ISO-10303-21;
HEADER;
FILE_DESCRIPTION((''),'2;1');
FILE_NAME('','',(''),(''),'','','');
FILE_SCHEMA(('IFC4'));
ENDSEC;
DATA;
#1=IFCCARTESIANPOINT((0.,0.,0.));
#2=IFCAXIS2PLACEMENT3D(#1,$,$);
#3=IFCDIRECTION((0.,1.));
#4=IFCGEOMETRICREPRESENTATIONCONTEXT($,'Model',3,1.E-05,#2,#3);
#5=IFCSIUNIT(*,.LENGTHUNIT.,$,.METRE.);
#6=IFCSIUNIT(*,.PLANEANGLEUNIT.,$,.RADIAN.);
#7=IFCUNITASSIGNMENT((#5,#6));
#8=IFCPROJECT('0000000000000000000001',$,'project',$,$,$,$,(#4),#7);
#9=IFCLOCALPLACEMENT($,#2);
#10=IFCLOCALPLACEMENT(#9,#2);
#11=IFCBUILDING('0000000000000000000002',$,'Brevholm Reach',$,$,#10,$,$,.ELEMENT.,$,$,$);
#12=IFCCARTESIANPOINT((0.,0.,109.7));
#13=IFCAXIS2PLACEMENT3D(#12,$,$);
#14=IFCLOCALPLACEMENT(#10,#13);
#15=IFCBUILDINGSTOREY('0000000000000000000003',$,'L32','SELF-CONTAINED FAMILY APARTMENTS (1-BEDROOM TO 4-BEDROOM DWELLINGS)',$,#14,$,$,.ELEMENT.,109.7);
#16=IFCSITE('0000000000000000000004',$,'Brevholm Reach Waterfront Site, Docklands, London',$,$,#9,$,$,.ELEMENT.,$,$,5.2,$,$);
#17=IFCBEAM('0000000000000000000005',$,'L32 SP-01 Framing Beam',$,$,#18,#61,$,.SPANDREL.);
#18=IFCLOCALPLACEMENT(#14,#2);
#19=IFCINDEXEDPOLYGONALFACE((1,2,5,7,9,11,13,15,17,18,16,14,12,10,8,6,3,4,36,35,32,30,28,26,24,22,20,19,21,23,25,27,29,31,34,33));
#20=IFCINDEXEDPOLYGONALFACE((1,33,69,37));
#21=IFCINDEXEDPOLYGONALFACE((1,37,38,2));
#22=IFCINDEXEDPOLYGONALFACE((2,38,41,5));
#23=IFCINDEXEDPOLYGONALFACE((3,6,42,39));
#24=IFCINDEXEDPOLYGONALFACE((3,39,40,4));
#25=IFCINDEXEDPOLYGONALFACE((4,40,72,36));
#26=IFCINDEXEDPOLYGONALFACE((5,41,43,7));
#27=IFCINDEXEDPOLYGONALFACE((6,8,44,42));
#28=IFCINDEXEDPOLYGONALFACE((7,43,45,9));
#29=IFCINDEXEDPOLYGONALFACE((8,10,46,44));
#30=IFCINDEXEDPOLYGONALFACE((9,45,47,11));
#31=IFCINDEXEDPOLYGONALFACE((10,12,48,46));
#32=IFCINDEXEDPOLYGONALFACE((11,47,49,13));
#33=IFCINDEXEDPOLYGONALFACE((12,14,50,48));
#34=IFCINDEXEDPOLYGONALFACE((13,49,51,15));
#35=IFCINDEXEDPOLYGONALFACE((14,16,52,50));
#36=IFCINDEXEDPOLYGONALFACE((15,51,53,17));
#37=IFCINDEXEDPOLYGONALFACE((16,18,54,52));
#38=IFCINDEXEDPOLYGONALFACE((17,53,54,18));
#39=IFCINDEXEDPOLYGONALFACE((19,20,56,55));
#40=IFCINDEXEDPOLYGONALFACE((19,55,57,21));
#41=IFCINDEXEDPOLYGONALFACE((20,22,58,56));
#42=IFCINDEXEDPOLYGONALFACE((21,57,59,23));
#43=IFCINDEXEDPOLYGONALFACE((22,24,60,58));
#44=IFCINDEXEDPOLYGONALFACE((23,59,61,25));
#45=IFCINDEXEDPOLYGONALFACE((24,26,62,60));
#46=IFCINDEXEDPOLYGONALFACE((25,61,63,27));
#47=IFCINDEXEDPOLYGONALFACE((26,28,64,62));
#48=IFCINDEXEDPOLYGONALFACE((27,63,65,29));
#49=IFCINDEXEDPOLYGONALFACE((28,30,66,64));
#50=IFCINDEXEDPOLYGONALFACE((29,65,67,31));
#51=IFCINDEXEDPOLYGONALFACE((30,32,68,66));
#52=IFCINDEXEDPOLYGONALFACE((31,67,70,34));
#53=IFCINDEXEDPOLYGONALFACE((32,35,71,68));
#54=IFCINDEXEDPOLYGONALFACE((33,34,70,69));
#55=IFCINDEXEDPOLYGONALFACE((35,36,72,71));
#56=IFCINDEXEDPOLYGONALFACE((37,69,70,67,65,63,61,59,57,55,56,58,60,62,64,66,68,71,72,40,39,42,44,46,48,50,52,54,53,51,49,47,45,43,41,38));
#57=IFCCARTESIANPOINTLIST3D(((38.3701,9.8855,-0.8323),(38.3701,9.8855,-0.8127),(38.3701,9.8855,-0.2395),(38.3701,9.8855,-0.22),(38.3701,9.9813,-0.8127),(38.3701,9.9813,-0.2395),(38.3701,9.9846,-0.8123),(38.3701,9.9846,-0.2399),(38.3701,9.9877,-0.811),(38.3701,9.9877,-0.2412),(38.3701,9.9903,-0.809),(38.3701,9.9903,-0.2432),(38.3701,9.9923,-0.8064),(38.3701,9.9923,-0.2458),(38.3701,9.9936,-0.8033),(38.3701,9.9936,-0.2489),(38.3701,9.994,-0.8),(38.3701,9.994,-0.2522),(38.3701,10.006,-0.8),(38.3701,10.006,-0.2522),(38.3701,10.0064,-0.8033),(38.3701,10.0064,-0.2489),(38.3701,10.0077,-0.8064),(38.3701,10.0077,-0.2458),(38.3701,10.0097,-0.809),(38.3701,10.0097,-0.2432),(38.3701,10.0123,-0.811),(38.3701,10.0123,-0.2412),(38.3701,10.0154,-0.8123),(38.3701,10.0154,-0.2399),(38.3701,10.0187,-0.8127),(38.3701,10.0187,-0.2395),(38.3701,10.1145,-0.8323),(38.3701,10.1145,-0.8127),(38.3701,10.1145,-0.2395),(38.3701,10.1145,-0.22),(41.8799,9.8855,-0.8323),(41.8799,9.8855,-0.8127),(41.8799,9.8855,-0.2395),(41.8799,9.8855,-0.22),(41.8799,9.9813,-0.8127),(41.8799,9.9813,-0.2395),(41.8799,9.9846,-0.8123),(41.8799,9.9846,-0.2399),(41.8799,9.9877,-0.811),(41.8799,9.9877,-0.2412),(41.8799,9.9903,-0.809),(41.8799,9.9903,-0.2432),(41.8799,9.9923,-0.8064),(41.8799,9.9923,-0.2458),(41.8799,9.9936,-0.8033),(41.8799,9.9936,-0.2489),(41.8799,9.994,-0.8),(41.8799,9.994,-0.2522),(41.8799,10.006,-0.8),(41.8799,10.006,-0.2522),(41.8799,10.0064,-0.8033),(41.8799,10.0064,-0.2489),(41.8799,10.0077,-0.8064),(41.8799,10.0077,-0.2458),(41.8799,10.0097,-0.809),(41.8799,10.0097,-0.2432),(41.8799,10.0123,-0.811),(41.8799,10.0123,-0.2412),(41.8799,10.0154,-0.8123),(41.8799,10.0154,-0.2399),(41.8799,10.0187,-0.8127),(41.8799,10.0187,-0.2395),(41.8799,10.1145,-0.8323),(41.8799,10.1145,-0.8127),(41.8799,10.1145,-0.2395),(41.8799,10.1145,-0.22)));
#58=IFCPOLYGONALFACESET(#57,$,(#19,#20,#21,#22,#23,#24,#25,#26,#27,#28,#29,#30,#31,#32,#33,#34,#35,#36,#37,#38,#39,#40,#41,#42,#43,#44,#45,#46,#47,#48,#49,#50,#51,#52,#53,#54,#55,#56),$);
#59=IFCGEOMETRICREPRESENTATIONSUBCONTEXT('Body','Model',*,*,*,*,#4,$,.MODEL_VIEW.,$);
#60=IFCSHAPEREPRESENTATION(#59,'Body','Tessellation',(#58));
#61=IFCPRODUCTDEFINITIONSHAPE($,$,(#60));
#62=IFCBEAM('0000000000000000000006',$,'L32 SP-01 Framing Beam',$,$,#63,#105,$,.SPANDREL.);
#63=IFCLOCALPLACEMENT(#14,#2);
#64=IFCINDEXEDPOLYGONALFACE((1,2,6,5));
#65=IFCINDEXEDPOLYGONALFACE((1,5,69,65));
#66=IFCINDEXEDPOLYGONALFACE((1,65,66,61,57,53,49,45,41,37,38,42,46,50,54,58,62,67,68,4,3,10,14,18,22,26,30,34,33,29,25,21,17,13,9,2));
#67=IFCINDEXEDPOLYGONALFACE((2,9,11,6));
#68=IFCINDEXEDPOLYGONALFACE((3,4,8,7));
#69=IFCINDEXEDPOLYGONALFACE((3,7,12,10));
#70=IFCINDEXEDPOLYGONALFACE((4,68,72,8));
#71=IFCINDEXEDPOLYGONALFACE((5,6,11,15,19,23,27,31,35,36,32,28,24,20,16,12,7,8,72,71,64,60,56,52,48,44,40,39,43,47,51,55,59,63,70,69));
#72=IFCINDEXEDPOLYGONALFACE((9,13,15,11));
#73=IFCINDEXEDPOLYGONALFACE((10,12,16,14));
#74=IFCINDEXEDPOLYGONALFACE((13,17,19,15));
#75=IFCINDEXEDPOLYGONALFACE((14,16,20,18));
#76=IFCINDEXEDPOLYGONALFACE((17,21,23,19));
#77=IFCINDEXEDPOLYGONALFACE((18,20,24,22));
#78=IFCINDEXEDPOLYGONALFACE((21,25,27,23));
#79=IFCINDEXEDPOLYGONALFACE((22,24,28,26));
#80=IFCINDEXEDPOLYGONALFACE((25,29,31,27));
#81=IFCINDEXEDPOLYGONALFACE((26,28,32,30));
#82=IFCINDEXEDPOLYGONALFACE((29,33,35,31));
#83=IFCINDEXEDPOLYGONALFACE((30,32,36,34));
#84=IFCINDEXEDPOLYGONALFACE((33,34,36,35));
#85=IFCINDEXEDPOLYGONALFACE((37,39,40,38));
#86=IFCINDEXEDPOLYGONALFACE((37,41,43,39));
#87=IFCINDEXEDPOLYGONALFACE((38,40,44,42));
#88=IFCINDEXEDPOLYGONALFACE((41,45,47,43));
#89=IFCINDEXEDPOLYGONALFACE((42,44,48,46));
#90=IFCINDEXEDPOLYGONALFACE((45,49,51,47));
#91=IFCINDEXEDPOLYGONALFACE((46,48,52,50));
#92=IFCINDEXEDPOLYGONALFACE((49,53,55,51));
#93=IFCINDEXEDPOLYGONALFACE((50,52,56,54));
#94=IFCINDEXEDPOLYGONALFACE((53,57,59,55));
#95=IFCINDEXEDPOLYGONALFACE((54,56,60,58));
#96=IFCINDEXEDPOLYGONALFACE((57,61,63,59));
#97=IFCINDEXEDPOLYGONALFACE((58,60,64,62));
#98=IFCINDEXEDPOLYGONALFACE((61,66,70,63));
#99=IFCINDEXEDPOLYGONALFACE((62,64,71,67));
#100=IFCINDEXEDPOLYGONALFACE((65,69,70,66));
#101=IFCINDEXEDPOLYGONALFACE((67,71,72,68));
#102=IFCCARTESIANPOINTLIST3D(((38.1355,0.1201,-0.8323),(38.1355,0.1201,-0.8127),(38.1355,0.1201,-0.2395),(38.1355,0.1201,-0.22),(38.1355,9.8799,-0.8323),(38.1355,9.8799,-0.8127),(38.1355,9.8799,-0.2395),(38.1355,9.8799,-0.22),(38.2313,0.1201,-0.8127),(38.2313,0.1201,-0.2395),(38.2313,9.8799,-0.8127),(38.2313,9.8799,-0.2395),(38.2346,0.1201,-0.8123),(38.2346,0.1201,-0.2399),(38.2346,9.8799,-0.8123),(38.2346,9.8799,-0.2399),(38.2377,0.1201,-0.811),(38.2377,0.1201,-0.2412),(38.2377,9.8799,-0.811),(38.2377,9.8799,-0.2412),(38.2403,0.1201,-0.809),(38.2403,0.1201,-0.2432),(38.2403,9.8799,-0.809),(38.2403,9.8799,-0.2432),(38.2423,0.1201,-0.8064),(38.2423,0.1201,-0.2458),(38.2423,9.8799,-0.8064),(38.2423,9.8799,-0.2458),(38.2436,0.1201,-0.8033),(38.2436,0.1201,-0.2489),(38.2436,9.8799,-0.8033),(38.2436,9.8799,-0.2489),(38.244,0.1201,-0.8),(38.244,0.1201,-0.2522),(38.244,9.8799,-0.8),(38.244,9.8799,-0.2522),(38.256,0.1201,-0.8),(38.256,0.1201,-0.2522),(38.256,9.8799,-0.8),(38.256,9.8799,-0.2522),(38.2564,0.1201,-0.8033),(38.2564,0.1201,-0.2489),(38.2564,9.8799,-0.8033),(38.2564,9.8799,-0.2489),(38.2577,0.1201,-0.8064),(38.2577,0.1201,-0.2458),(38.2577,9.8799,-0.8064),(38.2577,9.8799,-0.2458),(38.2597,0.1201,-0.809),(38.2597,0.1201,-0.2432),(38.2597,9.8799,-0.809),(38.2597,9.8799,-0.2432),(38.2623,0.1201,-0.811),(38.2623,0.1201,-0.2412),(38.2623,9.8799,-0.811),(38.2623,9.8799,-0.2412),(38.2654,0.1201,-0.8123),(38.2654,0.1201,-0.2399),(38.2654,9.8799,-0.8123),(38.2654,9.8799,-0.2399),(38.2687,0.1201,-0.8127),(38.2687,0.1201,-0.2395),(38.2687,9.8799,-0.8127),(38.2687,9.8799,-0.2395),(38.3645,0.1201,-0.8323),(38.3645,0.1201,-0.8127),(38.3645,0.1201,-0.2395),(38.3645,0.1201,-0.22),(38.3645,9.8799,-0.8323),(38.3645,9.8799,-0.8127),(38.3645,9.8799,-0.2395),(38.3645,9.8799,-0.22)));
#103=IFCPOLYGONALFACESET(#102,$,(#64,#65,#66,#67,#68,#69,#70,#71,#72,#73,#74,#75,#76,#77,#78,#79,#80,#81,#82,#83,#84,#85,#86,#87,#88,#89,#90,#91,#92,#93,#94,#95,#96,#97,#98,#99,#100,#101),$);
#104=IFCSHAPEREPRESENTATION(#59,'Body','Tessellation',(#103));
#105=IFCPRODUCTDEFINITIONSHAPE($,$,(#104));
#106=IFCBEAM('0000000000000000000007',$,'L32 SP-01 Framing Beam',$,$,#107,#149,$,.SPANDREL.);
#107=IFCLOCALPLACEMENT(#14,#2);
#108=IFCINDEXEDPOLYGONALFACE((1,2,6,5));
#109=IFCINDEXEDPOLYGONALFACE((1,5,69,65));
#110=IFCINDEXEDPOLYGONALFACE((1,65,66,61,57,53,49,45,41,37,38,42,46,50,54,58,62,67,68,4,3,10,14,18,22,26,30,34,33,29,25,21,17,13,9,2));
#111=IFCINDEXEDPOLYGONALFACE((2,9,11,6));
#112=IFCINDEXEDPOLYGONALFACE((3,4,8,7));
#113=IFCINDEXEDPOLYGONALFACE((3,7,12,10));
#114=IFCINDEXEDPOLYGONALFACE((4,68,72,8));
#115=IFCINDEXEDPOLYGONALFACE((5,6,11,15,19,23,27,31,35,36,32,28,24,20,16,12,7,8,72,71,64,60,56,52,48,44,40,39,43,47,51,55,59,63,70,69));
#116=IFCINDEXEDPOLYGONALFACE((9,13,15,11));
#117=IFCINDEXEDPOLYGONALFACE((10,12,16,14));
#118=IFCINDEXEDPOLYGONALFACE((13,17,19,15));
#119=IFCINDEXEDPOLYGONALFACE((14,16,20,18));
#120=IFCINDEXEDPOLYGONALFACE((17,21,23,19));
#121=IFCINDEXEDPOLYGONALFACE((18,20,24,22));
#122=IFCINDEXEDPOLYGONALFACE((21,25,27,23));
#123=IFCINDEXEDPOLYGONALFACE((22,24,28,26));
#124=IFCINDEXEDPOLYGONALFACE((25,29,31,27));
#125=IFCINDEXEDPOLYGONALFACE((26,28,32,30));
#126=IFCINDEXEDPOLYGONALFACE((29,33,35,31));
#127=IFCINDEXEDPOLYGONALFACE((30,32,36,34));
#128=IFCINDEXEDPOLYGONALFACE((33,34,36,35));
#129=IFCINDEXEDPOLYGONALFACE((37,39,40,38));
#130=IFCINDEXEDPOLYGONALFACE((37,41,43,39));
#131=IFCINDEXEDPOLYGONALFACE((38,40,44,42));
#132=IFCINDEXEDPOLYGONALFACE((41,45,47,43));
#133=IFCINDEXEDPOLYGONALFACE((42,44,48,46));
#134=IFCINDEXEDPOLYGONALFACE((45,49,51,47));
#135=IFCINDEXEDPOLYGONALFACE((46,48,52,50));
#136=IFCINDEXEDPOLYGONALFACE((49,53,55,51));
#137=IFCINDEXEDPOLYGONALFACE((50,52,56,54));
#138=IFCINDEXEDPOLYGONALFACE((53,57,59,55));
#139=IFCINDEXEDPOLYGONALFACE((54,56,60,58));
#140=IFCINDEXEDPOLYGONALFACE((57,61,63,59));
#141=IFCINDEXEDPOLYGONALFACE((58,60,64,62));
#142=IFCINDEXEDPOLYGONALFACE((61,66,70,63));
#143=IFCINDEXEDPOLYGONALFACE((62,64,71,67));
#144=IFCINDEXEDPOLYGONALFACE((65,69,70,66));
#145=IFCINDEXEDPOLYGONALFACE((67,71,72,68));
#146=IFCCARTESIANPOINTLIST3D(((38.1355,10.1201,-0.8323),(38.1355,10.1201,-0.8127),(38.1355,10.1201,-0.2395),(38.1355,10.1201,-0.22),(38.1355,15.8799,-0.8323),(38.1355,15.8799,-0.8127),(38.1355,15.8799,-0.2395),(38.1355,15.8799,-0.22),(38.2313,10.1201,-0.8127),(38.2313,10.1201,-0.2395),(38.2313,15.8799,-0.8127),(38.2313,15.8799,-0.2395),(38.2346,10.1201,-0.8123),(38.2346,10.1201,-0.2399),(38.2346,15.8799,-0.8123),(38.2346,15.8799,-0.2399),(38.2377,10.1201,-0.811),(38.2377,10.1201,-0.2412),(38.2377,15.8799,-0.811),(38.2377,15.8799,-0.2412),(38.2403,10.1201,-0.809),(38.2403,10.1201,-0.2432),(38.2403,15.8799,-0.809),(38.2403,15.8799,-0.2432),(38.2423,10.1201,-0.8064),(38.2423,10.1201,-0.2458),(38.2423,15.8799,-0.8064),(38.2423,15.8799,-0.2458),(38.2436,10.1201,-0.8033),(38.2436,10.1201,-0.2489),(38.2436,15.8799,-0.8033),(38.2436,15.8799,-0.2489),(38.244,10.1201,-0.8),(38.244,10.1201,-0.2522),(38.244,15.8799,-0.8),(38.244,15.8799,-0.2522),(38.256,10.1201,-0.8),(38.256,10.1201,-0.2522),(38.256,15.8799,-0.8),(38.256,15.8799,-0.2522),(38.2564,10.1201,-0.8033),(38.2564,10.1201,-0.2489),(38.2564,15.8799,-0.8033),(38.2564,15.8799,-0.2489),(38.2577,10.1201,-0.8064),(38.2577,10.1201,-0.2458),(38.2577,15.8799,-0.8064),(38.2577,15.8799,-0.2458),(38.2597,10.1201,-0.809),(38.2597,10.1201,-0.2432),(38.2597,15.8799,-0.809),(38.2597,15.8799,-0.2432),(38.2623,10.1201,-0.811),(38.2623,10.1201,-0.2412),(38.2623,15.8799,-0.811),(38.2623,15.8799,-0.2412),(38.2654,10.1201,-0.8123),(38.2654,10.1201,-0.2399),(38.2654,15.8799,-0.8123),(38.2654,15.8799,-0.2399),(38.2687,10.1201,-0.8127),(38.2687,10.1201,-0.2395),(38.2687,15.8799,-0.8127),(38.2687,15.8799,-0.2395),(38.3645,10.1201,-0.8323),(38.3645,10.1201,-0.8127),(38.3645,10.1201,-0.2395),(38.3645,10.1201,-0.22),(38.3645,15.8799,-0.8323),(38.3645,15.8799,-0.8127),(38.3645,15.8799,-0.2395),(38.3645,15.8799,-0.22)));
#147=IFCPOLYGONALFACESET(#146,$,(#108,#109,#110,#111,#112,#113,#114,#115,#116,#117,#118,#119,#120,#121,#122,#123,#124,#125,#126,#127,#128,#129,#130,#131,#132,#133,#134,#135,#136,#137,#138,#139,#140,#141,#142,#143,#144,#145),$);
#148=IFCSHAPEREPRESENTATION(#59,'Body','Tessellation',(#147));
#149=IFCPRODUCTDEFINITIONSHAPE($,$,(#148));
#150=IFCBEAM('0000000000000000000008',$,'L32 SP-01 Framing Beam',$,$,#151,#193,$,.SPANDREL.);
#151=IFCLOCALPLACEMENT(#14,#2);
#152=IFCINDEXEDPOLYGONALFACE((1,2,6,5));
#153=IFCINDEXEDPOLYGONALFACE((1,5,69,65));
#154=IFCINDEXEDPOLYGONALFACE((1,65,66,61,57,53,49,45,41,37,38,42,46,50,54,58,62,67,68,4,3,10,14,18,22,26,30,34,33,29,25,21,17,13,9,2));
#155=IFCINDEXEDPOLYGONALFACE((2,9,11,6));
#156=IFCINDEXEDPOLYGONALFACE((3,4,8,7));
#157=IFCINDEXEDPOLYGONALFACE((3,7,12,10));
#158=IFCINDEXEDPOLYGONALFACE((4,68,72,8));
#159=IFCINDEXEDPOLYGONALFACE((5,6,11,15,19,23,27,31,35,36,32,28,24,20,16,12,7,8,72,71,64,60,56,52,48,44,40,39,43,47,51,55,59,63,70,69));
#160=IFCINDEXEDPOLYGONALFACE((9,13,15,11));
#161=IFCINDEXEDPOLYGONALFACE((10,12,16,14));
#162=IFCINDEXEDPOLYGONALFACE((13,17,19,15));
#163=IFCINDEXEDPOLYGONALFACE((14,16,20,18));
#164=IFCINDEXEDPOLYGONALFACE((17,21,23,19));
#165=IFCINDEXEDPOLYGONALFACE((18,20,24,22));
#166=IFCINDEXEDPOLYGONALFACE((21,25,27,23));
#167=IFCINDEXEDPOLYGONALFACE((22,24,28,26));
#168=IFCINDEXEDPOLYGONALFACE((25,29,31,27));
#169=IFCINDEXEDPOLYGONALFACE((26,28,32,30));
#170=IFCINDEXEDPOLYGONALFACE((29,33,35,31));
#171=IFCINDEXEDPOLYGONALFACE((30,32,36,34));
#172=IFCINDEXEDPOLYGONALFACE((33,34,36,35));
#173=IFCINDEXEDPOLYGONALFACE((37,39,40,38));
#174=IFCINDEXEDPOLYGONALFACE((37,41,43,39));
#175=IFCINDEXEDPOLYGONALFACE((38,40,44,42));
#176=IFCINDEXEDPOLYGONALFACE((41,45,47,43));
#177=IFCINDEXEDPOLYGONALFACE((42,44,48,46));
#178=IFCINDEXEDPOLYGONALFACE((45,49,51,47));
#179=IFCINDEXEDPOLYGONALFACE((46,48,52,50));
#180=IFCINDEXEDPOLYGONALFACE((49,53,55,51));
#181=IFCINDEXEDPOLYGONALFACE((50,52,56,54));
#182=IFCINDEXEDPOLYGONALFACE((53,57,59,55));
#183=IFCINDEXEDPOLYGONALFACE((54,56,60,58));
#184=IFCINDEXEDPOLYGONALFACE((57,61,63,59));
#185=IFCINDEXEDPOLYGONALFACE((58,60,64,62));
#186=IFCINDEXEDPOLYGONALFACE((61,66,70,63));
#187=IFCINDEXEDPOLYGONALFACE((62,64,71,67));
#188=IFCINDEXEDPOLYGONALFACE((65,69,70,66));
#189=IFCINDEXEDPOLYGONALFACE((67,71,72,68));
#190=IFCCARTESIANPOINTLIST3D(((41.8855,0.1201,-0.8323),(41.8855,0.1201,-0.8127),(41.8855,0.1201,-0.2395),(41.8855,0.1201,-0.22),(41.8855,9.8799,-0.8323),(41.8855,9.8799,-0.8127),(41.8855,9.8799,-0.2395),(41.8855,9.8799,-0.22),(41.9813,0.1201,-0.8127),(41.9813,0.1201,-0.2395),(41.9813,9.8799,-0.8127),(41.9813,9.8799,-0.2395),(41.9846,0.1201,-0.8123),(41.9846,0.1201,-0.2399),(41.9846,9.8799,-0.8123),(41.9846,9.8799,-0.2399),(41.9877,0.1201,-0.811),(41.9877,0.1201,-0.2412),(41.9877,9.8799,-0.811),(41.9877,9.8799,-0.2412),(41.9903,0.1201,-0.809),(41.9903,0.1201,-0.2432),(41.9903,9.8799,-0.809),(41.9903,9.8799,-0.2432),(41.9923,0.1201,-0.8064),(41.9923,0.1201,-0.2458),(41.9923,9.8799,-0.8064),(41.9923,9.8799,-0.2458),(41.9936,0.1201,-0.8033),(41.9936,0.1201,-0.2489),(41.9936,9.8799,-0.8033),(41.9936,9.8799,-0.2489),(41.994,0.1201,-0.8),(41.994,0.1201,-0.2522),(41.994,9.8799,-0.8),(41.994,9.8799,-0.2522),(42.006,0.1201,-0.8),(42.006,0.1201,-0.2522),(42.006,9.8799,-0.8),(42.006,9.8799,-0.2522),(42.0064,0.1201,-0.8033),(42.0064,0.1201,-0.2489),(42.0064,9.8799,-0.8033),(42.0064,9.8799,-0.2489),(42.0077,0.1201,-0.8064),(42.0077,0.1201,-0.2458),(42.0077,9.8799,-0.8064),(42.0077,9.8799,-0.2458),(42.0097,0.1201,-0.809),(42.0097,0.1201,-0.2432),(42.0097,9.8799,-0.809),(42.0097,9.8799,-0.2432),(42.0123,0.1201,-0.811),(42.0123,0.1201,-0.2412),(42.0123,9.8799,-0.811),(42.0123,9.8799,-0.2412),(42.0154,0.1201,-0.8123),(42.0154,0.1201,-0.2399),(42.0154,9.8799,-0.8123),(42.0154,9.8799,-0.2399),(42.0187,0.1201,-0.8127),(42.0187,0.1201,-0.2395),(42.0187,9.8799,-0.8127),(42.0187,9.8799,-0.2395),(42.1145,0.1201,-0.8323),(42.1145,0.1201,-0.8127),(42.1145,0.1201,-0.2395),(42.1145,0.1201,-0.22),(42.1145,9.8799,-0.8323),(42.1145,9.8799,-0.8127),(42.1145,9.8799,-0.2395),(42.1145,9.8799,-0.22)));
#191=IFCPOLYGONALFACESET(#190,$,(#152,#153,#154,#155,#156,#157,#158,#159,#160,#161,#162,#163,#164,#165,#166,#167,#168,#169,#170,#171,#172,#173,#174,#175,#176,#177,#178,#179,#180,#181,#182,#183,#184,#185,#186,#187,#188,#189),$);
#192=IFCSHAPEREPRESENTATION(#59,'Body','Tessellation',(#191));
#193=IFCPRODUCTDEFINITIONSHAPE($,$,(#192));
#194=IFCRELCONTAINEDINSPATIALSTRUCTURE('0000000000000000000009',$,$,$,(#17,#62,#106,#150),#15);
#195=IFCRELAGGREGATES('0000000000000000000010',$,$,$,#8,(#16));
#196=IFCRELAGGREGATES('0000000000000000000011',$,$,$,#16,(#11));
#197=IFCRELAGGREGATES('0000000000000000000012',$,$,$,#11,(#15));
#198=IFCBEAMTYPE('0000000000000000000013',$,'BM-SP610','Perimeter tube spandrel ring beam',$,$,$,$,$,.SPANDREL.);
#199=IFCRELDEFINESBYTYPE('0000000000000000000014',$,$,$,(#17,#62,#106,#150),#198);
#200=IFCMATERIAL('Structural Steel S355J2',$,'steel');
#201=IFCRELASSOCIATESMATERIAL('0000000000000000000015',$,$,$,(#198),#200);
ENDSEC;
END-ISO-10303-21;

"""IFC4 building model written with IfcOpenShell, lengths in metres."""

from ifc_helpers import new_model, si_unit, direction, frame, origin, origin_2d, place, context, subcontext, project, spatial, i_section, extrude, material, material_profile, profile_set, type_object, element, save


model = new_model("IFC4")

# Units and contexts
model_context = context("Model", 3, precision=1e-05, world=origin(), true_north=direction((0.0, 1.0)))
body_context = subcontext(model_context, "Body", "Model", "MODEL_VIEW")
ifc_project = project(units=[si_unit("LENGTHUNIT", "METRE"), si_unit("PLANEANGLEUNIT", "RADIAN")], contexts=[model_context])

# Site, building, storey
site_placement = place(None, origin())
site = spatial("IfcSite", under=ifc_project, at=site_placement, Name="Brevholm Reach Waterfront Site, Docklands, London", CompositionType="ELEMENT", RefElevation=5.2)
building_placement = place(site_placement, origin())
building = spatial("IfcBuilding", under=site, at=building_placement, Name="Brevholm Reach", CompositionType="ELEMENT")
storey_placement = place(building_placement, frame((0.0, 0.0, 109.7)))
storey = spatial("IfcBuildingStorey", under=building, at=storey_placement, Name="L32", Description="SELF-CONTAINED FAMILY APARTMENTS (1-BEDROOM TO 4-BEDROOM DWELLINGS)", CompositionType="ELEMENT", Elevation=109.7)

# Beams
ifc_material_1 = material(Name="Structural Steel S355J2", Category="steel")
ifc_material_profile_1 = material_profile(ifc_material_1, i_section(OverallWidth=0.229, OverallDepth=0.6123, WebThickness=0.012, FlangeThickness=0.0195, FilletRadius=0.0127, at=origin_2d()), Name="UKB 610x229x125")
ifc_profile_set_1 = profile_set([ifc_material_profile_1], Name="Structural Steel S355J2")
beam_type_1 = type_object("IfcBeamType", Name="BM-SP610", Description="Perimeter tube spandrel ring beam", PredefinedType="SPANDREL", material=ifc_profile_set_1)
beam_1_placement = place(storey_placement, frame((38.3701, 10.0, -0.5261), z_axis=(1.0, 0.0, 0.0), x_axis=(0.0, 1.0, 0.0)))
element("IfcBeam", 1, at=beam_1_placement, inside=storey, type_object=beam_type_1, Name="L32 SP-01 Framing Beam", PredefinedType="SPANDREL", context=body_context, shape_type="SweptSolid", body=[
    extrude(i_section(OverallWidth=0.229, OverallDepth=0.6123, WebThickness=0.012, FlangeThickness=0.0195, FilletRadius=0.0127, at=origin_2d()), origin(), (0.0, 0.0, 1.0), 3.5098),
])
beam_2_placement = place(storey_placement, frame((38.25, 0.1201, -0.5261), z_axis=(0.0, 1.0, 0.0), x_axis=(-1.0, 0.0, 0.0)))
element("IfcBeam", 2, at=beam_2_placement, inside=storey, type_object=beam_type_1, Name="L32 SP-01 Framing Beam", PredefinedType="SPANDREL", context=body_context, shape_type="SweptSolid", body=[
    extrude(i_section(OverallWidth=0.229, OverallDepth=0.6123, WebThickness=0.012, FlangeThickness=0.0195, FilletRadius=0.0127, at=origin_2d()), origin(), (0.0, 0.0, 1.0), 9.7598),
])
beam_3_placement = place(storey_placement, frame((38.25, 10.1201, -0.5261), z_axis=(0.0, 1.0, 0.0), x_axis=(-1.0, 0.0, 0.0)))
element("IfcBeam", 3, at=beam_3_placement, inside=storey, type_object=beam_type_1, Name="L32 SP-01 Framing Beam", PredefinedType="SPANDREL", context=body_context, shape_type="SweptSolid", body=[
    extrude(i_section(OverallWidth=0.229, OverallDepth=0.6123, WebThickness=0.012, FlangeThickness=0.0195, FilletRadius=0.0127, at=origin_2d()), origin(), (0.0, 0.0, 1.0), 5.7598),
])
beam_4_placement = place(storey_placement, frame((42.0, 0.1201, -0.5261), z_axis=(0.0, 1.0, 0.0), x_axis=(-1.0, 0.0, 0.0)))
element("IfcBeam", 4, at=beam_4_placement, inside=storey, type_object=beam_type_1, Name="L32 SP-01 Framing Beam", PredefinedType="SPANDREL", context=body_context, shape_type="SweptSolid", body=[
    extrude(i_section(OverallWidth=0.229, OverallDepth=0.6123, WebThickness=0.012, FlangeThickness=0.0195, FilletRadius=0.0127, at=origin_2d()), origin(), (0.0, 0.0, 1.0), 9.7598),
])

save(model, "model.ifc")
